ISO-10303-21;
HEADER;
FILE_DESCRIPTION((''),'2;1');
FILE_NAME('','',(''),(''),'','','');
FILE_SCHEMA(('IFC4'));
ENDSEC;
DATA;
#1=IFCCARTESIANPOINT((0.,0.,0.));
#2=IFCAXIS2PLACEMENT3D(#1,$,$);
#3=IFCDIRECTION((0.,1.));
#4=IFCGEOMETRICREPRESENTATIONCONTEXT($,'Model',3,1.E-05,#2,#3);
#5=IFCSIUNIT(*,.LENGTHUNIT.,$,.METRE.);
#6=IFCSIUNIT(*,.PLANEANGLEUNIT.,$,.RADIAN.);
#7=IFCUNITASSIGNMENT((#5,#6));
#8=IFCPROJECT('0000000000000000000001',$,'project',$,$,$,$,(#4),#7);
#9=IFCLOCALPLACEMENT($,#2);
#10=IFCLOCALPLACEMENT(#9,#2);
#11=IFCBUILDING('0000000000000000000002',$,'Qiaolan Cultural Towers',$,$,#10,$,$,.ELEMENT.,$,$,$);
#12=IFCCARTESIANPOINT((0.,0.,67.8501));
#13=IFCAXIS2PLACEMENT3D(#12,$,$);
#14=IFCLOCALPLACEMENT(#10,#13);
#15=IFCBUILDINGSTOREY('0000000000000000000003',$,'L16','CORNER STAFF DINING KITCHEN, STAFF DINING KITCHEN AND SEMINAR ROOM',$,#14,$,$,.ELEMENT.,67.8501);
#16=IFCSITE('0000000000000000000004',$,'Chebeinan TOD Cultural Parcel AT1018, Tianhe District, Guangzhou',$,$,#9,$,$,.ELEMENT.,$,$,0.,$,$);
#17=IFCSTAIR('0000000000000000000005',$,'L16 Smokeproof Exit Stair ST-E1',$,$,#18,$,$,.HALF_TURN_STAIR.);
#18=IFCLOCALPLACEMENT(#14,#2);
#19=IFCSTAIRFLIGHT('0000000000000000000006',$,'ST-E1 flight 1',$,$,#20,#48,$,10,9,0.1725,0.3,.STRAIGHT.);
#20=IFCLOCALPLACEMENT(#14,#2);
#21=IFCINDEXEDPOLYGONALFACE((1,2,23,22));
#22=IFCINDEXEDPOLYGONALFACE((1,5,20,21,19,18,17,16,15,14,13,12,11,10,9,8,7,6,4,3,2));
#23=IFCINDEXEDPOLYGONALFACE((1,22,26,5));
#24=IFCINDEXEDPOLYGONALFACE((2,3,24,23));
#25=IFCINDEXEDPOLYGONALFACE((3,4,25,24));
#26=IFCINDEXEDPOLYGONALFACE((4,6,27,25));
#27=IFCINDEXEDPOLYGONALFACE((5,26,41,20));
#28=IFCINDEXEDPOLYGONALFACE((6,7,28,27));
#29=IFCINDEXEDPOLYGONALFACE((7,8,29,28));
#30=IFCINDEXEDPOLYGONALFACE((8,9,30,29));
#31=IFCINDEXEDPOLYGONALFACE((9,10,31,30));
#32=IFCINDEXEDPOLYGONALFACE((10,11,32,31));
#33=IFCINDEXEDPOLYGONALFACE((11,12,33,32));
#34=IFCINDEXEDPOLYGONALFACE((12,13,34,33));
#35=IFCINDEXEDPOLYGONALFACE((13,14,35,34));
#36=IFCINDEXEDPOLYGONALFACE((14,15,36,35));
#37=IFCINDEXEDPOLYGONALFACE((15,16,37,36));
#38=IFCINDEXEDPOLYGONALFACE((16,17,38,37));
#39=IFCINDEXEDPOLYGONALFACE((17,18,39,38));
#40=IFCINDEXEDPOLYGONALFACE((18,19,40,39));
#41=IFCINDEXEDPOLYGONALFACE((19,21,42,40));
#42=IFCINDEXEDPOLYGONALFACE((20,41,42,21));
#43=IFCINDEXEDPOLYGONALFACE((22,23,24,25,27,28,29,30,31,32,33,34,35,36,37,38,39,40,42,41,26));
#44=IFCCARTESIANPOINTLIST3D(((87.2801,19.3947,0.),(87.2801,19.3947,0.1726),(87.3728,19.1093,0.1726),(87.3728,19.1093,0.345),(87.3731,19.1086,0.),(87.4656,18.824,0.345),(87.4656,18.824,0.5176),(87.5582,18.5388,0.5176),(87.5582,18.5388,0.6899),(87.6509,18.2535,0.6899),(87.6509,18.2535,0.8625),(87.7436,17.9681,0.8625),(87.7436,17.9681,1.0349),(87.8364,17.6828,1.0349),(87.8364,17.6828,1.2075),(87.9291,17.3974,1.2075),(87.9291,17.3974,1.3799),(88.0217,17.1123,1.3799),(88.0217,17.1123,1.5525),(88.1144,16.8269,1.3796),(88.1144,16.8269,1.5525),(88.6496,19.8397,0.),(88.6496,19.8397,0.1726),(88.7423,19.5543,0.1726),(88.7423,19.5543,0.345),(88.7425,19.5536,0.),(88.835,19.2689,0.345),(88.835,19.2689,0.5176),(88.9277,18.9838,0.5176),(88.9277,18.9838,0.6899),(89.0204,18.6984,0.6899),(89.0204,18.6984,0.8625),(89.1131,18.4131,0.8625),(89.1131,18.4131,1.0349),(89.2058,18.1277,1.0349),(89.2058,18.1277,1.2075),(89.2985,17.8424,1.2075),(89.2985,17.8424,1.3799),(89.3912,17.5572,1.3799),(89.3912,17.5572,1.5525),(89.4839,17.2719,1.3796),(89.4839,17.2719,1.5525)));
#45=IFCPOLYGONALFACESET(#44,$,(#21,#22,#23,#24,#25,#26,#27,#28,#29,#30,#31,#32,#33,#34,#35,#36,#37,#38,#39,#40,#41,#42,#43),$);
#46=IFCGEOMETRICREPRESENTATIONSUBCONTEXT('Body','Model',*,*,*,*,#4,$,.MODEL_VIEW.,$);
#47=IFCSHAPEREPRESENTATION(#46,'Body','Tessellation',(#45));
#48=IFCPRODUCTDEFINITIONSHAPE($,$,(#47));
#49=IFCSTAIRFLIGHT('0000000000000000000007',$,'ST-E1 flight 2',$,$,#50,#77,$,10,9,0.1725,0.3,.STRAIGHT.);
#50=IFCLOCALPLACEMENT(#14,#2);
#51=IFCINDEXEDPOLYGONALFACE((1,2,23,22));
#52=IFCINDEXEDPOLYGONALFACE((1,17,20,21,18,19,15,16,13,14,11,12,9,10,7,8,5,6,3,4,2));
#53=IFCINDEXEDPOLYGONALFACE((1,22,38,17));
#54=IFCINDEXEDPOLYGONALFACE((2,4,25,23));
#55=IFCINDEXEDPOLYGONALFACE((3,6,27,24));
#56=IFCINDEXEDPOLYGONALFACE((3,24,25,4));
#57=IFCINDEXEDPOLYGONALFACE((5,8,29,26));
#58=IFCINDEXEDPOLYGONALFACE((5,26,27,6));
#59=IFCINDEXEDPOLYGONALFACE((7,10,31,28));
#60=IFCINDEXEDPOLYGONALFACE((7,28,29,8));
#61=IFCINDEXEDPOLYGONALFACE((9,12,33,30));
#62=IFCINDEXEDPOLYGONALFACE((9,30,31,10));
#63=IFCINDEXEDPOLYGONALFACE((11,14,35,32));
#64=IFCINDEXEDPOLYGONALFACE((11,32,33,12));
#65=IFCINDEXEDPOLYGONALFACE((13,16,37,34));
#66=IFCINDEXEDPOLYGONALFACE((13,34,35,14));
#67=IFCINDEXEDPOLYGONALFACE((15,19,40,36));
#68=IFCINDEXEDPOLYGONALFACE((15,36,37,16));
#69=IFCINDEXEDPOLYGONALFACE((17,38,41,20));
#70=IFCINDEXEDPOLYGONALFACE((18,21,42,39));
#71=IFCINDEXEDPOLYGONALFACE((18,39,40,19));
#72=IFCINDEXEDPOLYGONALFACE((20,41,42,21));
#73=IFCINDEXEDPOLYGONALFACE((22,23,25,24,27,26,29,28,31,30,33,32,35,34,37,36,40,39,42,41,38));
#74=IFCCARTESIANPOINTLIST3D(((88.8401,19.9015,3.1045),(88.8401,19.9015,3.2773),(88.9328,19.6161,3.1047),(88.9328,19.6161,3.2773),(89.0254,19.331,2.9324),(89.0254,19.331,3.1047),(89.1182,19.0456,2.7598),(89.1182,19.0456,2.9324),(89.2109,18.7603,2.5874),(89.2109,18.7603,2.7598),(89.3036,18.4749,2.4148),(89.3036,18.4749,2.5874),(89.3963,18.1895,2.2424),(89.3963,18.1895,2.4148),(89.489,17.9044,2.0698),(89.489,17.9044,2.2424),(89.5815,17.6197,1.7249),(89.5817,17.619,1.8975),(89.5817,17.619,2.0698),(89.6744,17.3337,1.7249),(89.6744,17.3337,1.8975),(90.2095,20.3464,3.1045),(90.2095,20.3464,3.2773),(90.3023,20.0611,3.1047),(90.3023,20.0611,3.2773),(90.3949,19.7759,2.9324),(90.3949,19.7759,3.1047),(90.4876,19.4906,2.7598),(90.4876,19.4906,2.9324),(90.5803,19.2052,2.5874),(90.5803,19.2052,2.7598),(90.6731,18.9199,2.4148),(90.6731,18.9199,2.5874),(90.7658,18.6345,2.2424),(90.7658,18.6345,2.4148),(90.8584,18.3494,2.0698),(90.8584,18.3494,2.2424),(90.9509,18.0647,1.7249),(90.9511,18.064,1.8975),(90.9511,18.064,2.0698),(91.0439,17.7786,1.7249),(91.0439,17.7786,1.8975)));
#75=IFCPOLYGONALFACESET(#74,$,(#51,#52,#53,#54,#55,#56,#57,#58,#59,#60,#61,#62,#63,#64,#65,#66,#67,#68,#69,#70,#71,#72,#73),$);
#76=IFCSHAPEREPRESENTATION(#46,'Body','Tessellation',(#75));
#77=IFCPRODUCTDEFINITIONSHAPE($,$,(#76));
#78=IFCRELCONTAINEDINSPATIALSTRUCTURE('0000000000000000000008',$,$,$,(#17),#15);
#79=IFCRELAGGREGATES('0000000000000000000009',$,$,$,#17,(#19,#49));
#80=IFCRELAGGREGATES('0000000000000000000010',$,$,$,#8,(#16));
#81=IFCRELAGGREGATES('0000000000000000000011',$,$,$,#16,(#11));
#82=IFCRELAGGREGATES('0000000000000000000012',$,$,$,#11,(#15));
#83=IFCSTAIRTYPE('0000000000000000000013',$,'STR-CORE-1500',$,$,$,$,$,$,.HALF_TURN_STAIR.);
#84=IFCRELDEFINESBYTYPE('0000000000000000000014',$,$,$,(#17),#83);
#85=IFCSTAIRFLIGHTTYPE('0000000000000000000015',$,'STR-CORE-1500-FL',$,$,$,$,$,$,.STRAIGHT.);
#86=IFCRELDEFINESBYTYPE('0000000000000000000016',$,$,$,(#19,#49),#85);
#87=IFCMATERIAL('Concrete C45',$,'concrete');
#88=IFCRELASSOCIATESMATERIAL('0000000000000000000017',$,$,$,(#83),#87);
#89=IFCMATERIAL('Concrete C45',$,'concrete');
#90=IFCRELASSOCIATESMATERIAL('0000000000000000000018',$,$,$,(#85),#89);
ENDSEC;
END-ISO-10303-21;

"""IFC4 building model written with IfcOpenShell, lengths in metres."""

from ifc_helpers import new_model, si_unit, direction, frame, origin, place, context, subcontext, project, spatial, polyline, outline, extrude, material, type_object, element, aggregate, save


model = new_model("IFC4")

# Units and contexts
model_context = context("Model", 3, precision=1e-05, world=origin(), true_north=direction((0.0, 1.0)))
body_context = subcontext(model_context, "Body", "Model", "MODEL_VIEW")
ifc_project = project(units=[si_unit("LENGTHUNIT", "METRE"), si_unit("PLANEANGLEUNIT", "RADIAN")], contexts=[model_context])

# Site, building, storey
site_placement = place(None, origin())
site = spatial("IfcSite", under=ifc_project, at=site_placement, Name="Chebeinan TOD Cultural Parcel AT1018, Tianhe District, Guangzhou", CompositionType="ELEMENT", RefElevation=0.0)
building_placement = place(site_placement, origin())
building = spatial("IfcBuilding", under=site, at=building_placement, Name="Qiaolan Cultural Towers", CompositionType="ELEMENT")
storey_placement = place(building_placement, frame((0.0, 0.0, 67.8501)))
storey = spatial("IfcBuildingStorey", under=building, at=storey_placement, Name="L16", Description="CORNER STAFF DINING KITCHEN, STAFF DINING KITCHEN AND SEMINAR ROOM", CompositionType="ELEMENT", Elevation=67.8501)

# Stair, stair flights
ifc_material_1 = material(Name="Concrete C45", Category="concrete")
stair_type = type_object("IfcStairType", Name="STR-CORE-1500", PredefinedType="HALF_TURN_STAIR", material=ifc_material_1)
stair_placement = place(storey_placement, origin())
stair = element("IfcStair", 1, at=stair_placement, inside=storey, type_object=stair_type, Name="L16 Smokeproof Exit Stair ST-E1", PredefinedType="HALF_TURN_STAIR")
ifc_material_2 = material(Name="Concrete C45", Category="concrete")
stair_flight_type = type_object("IfcStairFlightType", Name="STR-CORE-1500-FL", PredefinedType="STRAIGHT", material=ifc_material_2)
stair_flight_1_placement = place(storey_placement, frame((87.9648, 19.6172, 0.0), z_axis=(0.0, 0.0, 1.0), x_axis=(0.309017, -0.951057, 0.0)))
stair_flight_1 = element("IfcStairFlight", 2, at=stair_flight_1_placement, type_object=stair_flight_type, Name="ST-E1 flight 1", NumberOfRisers=10, NumberOfTreads=9, PredefinedType="STRAIGHT", RiserHeight=0.1725, TreadLength=0.3, context=body_context, shape_type="SweptSolid", body=[
    extrude(outline(polyline([(0.0, 0.0), (0.0, 0.1726), (0.3, 0.1726), (0.3, 0.345), (0.6001, 0.345), (0.6001, 0.5176), (0.8999, 0.5176), (0.8999, 0.6899), (1.2, 0.6899), (1.2, 0.8625), (1.5, 0.8625), (1.5, 1.0349), (1.8, 1.0349), (1.8, 1.2075), (2.1001, 1.2075), (2.1001, 1.3799), (2.3999, 1.3799), (2.3999, 1.5525), (2.7, 1.5525), (2.7, 1.7251), (2.7, 1.3796), (0.3008, 0.0), (0.0, 0.0)])), frame((0.0, 0.72, 0.0), z_axis=(0.0, -1.0, 0.0), x_axis=(1.0, 0.0, 0.0)), (0.0, 0.0, 1.0), 1.4399),
])
stair_flight_2_placement = place(storey_placement, frame((90.3591, 17.5562, 1.7249), z_axis=(0.0, 0.0, 1.0), x_axis=(-0.309017, 0.951057, 0.0)))
stair_flight_2 = element("IfcStairFlight", 3, at=stair_flight_2_placement, type_object=stair_flight_type, Name="ST-E1 flight 2", NumberOfRisers=10, NumberOfTreads=9, PredefinedType="STRAIGHT", RiserHeight=0.1725, TreadLength=0.3, context=body_context, shape_type="SweptSolid", body=[
    extrude(outline(polyline([(0.0, 0.0), (0.0, 0.1726), (0.3, 0.1726), (0.3, 0.345), (0.6001, 0.345), (0.6001, 0.5176), (0.8999, 0.5176), (0.8999, 0.6899), (1.2, 0.6899), (1.2, 0.8625), (1.5, 0.8625), (1.5, 1.0349), (1.8, 1.0349), (1.8, 1.2075), (2.1001, 1.2075), (2.1001, 1.3799), (2.3999, 1.3799), (2.3999, 1.5525), (2.7, 1.5525), (2.7, 1.7251), (2.7, 1.3796), (0.3008, 0.0), (0.0, 0.0)])), frame((0.0, 0.72, 0.0), z_axis=(0.0, -1.0, 0.0), x_axis=(1.0, 0.0, 0.0)), (0.0, 0.0, 1.0), 1.4399),
])
aggregate(stair, [stair_flight_1, stair_flight_2])

save(model, "model.ifc")
